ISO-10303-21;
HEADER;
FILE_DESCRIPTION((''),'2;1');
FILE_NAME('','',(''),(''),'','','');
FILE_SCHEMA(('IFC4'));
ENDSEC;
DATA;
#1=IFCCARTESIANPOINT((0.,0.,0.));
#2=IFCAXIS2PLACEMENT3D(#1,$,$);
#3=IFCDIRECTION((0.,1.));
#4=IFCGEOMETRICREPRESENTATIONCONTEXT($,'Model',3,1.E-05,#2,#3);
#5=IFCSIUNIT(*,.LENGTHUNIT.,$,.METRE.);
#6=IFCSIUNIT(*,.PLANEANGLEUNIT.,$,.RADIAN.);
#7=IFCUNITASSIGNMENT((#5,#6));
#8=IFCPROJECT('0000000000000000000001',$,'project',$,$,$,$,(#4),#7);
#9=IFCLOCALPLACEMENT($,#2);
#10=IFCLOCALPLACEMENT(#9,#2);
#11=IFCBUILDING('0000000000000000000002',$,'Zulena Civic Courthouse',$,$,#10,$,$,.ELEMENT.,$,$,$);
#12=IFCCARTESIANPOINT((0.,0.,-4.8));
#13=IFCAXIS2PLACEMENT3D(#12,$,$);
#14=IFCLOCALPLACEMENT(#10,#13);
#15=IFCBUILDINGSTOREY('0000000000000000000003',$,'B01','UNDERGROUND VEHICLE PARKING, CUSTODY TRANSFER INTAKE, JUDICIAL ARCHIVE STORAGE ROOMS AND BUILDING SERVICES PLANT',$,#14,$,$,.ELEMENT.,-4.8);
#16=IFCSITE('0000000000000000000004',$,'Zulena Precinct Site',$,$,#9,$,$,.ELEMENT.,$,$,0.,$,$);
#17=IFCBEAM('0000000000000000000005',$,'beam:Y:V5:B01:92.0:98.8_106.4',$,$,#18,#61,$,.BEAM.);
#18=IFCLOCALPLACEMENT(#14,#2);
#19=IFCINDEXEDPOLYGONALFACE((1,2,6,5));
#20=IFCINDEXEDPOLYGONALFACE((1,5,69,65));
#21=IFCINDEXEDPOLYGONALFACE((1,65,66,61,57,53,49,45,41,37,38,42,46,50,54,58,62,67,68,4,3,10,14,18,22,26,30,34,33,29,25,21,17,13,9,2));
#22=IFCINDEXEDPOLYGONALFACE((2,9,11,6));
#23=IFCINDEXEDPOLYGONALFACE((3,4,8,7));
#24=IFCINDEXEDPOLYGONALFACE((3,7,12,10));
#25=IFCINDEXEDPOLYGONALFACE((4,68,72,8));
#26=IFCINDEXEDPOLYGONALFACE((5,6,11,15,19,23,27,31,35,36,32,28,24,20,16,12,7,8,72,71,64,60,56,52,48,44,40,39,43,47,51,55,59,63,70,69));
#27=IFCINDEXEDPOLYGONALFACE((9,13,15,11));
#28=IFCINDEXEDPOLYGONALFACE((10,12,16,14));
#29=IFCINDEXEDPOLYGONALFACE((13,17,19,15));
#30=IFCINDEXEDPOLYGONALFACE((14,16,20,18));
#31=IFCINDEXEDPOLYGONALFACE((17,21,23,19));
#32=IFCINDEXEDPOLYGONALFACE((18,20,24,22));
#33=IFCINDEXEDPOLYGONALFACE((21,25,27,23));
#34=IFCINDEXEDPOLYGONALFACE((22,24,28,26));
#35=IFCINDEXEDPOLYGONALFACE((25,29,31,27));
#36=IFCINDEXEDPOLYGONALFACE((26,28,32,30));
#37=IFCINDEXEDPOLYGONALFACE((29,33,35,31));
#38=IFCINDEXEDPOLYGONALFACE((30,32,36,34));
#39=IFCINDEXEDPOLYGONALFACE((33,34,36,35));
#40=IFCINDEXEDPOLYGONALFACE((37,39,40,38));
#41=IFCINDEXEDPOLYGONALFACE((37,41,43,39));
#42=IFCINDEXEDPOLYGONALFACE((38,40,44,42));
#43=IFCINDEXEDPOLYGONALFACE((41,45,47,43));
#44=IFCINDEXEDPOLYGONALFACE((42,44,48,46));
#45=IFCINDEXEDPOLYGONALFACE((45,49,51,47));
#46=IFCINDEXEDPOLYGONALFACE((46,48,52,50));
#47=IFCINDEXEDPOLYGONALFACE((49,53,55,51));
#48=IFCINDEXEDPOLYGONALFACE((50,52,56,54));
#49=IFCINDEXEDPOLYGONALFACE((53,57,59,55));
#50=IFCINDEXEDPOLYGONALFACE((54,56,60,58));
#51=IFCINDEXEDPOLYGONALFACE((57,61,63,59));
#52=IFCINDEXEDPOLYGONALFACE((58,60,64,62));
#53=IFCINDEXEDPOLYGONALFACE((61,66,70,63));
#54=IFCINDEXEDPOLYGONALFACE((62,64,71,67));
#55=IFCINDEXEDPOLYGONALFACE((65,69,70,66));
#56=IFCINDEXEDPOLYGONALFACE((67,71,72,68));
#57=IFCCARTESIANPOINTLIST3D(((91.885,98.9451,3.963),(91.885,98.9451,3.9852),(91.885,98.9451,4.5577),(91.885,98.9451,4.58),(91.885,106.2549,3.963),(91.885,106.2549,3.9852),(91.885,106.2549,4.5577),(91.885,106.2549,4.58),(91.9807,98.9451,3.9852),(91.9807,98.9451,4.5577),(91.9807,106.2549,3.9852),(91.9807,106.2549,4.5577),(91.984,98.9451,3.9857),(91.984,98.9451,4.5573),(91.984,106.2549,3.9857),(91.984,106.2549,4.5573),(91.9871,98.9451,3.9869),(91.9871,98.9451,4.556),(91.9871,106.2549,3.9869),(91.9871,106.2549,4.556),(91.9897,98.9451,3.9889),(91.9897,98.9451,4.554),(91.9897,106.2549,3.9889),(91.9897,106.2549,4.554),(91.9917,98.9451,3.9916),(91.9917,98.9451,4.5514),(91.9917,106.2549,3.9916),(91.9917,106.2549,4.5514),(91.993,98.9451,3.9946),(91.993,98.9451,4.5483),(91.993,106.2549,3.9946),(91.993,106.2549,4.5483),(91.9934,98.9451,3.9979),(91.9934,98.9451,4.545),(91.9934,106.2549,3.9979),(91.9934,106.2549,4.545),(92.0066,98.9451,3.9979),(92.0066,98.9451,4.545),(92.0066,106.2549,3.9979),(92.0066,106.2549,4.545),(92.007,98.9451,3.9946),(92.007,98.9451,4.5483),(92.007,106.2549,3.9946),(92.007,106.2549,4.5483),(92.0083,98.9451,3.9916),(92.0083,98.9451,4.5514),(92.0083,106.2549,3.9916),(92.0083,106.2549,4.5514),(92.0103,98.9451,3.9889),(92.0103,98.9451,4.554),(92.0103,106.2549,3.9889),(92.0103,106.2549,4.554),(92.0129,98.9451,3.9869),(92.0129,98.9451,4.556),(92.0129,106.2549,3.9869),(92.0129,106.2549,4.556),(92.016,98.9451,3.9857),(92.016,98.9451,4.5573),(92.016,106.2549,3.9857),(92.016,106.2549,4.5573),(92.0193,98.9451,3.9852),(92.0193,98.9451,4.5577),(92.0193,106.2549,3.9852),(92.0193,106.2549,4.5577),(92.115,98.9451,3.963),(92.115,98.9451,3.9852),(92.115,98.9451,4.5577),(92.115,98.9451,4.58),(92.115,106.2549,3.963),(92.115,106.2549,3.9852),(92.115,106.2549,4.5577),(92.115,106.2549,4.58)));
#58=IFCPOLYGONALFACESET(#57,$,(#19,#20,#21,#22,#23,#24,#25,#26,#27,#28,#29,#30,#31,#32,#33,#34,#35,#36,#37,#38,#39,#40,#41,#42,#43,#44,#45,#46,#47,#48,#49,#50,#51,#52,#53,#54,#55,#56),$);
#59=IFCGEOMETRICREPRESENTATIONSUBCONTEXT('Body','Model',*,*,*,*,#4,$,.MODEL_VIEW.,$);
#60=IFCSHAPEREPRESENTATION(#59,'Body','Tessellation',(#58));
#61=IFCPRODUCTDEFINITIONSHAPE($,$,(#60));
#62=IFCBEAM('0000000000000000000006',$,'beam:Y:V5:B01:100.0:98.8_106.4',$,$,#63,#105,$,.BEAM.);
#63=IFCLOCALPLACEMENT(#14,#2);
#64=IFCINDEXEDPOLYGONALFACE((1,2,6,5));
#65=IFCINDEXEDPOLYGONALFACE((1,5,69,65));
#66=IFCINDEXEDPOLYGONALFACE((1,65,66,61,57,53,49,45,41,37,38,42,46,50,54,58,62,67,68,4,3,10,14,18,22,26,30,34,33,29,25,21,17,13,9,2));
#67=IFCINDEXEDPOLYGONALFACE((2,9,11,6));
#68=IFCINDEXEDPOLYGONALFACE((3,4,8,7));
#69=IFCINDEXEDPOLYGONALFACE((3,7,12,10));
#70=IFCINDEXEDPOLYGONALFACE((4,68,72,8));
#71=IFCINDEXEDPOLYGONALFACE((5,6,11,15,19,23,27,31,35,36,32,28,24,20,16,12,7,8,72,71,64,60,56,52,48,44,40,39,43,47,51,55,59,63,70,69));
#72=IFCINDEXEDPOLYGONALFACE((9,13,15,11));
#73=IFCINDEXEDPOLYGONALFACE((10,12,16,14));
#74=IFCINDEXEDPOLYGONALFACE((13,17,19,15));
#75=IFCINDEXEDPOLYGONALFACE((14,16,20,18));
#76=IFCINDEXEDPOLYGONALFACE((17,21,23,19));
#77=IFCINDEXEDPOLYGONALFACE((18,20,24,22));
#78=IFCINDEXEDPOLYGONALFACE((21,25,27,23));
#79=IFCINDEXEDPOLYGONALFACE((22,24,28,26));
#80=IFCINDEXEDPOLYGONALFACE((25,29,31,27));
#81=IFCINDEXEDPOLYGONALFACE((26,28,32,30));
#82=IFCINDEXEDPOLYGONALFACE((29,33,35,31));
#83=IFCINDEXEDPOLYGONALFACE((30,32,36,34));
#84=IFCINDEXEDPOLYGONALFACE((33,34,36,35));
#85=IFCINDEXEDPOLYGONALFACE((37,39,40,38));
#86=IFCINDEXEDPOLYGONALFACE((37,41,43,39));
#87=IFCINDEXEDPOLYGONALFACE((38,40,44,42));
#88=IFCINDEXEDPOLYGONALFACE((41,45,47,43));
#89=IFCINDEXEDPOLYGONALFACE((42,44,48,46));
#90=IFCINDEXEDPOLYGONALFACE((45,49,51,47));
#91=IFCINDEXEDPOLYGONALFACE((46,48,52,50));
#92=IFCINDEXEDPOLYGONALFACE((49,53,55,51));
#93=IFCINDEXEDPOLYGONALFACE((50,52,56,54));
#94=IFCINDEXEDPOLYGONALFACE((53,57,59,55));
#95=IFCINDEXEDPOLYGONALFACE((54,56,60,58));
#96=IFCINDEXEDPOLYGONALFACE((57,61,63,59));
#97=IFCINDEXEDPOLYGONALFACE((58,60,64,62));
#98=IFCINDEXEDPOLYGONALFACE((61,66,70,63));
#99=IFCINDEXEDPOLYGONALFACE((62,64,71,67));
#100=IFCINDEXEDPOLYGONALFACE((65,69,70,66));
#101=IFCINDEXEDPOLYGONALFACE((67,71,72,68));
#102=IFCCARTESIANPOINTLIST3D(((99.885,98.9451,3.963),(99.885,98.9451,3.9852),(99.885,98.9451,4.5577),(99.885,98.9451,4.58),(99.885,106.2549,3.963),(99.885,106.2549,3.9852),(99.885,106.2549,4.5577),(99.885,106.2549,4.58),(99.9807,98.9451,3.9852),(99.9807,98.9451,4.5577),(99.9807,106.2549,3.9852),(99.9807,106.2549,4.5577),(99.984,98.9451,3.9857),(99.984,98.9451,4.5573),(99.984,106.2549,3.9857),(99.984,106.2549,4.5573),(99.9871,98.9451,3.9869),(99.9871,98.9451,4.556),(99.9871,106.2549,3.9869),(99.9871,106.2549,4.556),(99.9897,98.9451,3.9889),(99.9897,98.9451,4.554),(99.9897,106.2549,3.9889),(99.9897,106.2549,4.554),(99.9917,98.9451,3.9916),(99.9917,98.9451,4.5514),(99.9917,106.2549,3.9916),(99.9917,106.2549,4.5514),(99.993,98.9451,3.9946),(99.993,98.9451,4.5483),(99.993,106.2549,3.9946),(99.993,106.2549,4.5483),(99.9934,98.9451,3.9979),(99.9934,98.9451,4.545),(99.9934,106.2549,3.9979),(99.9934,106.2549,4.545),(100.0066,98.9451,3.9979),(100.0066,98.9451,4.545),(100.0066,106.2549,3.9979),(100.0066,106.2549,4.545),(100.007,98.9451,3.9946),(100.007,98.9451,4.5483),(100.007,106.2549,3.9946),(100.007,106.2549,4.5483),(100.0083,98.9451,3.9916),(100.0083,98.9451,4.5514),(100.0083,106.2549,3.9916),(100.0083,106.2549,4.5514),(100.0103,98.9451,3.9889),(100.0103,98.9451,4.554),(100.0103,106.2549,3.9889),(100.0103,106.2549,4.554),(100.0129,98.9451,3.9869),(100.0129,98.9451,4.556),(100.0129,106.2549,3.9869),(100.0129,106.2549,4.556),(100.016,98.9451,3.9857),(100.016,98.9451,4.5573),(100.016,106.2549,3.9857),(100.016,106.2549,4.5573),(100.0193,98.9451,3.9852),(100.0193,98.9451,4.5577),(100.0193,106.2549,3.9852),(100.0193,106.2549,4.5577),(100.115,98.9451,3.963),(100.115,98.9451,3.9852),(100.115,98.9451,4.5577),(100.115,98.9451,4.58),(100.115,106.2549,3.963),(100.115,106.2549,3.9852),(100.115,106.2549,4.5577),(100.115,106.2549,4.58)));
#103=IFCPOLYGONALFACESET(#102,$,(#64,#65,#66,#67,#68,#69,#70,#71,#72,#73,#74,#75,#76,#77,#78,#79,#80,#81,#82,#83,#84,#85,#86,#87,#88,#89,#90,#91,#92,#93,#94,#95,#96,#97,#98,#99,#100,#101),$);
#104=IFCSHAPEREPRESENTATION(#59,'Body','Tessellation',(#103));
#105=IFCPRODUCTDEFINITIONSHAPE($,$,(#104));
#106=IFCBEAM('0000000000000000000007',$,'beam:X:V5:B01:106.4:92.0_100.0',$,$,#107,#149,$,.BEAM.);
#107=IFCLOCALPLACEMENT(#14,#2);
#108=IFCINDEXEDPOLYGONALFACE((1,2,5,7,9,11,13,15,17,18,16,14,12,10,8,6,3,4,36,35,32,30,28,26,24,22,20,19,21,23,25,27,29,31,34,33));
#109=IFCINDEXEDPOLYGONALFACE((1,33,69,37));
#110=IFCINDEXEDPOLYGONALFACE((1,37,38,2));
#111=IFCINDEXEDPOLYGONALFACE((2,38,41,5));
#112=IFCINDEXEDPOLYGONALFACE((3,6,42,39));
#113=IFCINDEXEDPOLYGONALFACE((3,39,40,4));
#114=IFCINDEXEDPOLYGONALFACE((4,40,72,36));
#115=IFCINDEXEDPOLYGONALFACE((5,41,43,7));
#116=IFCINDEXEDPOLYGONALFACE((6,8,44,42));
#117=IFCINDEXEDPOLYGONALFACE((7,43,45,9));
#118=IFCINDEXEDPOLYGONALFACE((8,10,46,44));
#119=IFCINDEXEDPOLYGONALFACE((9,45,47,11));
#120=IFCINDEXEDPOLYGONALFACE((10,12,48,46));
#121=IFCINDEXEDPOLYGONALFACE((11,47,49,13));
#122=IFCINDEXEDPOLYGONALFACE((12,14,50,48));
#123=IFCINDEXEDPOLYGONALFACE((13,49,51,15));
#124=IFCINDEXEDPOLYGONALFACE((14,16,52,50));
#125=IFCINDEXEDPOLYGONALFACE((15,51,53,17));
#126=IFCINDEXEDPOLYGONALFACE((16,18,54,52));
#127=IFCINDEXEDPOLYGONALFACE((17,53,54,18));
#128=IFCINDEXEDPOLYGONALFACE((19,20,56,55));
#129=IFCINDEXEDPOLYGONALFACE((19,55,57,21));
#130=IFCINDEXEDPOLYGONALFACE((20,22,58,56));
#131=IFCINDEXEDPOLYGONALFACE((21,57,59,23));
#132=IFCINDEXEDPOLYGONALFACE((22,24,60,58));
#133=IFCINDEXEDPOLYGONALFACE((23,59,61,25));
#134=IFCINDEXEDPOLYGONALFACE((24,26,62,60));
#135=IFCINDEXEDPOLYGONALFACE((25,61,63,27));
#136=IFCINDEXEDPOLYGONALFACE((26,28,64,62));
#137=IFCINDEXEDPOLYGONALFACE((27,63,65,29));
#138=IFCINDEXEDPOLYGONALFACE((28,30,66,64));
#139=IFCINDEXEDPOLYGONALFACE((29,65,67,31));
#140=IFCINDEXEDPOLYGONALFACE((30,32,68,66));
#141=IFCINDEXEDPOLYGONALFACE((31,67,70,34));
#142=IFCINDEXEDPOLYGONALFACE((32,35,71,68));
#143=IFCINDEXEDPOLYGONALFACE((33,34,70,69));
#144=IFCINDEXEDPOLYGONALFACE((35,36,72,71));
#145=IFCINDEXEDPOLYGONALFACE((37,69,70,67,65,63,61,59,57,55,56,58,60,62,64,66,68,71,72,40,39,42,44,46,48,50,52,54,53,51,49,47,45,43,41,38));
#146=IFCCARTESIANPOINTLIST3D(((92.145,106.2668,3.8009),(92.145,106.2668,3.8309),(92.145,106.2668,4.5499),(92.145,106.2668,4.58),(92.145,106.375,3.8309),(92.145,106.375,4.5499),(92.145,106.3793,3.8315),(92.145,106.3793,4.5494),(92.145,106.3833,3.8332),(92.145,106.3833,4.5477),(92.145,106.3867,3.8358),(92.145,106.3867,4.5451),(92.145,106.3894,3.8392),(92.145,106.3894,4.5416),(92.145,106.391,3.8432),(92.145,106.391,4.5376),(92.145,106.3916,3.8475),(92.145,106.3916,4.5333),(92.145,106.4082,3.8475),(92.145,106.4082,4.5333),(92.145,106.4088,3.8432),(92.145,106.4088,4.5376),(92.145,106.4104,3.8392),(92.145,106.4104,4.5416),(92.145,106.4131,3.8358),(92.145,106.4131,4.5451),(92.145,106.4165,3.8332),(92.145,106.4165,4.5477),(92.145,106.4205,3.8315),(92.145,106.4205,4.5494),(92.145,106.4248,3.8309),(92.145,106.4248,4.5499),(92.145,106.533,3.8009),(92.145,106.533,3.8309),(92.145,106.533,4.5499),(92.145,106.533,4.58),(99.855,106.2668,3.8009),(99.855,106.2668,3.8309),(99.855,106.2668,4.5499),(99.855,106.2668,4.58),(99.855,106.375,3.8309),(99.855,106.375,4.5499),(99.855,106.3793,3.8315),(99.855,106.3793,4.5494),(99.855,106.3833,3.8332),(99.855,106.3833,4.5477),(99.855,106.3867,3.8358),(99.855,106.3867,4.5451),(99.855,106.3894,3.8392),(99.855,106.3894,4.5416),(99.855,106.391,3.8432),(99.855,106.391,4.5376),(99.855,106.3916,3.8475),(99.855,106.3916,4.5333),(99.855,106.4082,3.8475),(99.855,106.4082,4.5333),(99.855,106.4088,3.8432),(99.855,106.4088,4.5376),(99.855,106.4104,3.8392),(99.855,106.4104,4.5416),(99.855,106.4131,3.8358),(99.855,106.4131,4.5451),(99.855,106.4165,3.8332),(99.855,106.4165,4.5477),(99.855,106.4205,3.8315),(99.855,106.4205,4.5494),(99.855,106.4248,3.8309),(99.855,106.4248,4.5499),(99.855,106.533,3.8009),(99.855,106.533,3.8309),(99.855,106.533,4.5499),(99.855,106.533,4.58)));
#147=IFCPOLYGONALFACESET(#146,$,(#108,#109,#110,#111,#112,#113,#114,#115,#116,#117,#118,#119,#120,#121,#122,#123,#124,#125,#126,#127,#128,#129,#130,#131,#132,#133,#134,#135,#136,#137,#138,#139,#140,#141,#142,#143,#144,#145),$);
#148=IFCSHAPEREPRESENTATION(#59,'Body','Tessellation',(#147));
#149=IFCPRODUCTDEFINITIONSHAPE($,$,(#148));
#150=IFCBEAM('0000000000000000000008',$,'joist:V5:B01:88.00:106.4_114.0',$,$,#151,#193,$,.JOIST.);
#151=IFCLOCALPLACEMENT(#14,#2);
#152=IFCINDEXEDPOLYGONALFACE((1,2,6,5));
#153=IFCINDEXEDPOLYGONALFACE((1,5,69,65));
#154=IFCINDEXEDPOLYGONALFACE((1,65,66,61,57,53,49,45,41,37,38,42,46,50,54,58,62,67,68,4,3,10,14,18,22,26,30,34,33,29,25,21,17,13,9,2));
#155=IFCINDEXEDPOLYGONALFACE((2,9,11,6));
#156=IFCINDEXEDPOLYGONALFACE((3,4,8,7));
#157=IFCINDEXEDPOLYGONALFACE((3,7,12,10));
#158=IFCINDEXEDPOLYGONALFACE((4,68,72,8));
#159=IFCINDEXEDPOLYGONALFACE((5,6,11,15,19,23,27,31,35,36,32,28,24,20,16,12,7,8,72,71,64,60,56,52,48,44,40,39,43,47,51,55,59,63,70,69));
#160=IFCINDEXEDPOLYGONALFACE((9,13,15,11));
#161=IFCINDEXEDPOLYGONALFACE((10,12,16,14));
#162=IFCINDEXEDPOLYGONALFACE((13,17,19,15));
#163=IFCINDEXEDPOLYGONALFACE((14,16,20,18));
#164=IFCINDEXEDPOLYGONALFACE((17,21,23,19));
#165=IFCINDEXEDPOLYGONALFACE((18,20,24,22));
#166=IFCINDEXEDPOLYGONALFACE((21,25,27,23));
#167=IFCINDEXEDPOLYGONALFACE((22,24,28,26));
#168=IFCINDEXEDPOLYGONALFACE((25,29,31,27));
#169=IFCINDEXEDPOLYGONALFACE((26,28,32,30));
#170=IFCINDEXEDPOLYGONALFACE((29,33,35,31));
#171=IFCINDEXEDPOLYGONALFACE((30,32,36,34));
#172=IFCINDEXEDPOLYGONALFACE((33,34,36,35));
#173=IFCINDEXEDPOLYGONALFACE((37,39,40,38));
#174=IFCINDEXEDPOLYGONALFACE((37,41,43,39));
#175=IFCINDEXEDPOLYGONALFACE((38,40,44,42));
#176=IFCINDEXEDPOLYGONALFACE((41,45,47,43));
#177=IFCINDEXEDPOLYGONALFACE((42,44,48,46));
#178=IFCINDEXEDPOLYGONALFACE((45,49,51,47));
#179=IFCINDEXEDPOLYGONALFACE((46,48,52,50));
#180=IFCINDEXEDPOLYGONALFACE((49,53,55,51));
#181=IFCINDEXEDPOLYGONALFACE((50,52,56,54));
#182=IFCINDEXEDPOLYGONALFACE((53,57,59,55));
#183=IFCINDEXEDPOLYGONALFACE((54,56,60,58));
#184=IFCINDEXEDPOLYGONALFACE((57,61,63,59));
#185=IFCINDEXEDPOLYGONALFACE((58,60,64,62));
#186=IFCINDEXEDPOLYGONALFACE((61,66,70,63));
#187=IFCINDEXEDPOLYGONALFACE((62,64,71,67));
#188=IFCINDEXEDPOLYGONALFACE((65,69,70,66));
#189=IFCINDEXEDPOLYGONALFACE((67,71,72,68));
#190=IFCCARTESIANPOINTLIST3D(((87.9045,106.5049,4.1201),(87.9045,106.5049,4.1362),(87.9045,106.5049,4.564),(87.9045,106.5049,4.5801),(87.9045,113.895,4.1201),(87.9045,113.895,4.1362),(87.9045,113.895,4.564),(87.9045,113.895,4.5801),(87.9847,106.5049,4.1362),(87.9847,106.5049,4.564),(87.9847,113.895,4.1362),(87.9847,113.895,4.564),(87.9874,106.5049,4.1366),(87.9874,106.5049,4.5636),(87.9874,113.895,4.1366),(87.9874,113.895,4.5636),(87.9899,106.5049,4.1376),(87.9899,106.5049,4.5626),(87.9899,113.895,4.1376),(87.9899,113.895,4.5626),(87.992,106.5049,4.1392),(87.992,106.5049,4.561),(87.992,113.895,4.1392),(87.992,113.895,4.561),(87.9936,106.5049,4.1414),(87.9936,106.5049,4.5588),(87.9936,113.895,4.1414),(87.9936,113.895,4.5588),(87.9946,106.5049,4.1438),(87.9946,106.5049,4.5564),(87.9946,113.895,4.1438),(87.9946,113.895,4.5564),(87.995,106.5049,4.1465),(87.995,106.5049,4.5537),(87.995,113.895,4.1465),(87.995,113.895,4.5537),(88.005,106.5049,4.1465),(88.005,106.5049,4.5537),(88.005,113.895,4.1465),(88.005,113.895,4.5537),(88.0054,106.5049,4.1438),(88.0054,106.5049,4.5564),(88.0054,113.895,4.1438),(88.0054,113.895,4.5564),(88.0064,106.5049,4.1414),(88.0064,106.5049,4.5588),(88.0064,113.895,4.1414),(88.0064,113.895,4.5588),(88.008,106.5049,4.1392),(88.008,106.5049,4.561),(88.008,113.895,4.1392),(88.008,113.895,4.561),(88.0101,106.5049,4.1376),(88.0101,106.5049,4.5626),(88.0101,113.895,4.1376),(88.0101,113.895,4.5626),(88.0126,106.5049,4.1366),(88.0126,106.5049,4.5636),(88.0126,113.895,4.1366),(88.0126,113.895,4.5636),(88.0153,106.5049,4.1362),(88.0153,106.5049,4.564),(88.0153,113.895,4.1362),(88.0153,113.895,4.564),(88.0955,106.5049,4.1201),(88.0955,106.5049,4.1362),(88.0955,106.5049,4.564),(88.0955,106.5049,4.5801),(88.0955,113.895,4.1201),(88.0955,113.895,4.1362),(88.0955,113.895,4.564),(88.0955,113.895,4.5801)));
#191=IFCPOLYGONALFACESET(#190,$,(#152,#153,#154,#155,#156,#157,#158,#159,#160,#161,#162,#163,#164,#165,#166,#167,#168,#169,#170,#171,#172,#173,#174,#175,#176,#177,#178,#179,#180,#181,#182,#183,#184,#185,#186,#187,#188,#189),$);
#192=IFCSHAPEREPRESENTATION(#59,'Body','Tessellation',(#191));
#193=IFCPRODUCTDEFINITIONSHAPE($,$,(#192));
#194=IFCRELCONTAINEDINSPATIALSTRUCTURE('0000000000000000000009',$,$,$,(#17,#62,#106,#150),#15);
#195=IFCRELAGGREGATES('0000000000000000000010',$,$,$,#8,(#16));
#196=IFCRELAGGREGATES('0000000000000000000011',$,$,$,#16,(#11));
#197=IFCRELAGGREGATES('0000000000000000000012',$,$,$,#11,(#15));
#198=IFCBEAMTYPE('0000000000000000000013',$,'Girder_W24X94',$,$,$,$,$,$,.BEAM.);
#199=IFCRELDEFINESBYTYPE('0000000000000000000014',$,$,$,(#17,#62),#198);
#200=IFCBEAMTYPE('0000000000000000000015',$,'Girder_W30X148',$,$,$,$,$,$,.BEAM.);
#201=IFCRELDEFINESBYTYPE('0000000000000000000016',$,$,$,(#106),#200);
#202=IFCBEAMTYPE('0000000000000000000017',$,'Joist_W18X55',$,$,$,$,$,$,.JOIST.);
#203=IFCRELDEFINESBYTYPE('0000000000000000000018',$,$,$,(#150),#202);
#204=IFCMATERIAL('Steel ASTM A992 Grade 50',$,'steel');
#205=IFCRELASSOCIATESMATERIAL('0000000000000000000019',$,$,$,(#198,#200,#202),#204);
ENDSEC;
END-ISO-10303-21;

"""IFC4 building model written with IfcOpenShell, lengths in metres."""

from ifc_helpers import new_model, si_unit, direction, frame, origin, origin_2d, place, context, subcontext, project, spatial, i_section, extrude, material, material_profile, profile_set, type_object, element, save


model = new_model("IFC4")

# Units and contexts
model_context = context("Model", 3, precision=1e-05, world=origin(), true_north=direction((0.0, 1.0)))
body_context = subcontext(model_context, "Body", "Model", "MODEL_VIEW")
ifc_project = project(units=[si_unit("LENGTHUNIT", "METRE"), si_unit("PLANEANGLEUNIT", "RADIAN")], contexts=[model_context])

# Site, building, storey
site_placement = place(None, origin())
site = spatial("IfcSite", under=ifc_project, at=site_placement, Name="Zulena Precinct Site", CompositionType="ELEMENT", RefElevation=0.0)
building_placement = place(site_placement, origin())
building = spatial("IfcBuilding", under=site, at=building_placement, Name="Zulena Civic Courthouse", CompositionType="ELEMENT")
storey_placement = place(building_placement, frame((0.0, 0.0, -4.8)))
storey = spatial("IfcBuildingStorey", under=building, at=storey_placement, Name="B01", Description="UNDERGROUND VEHICLE PARKING, CUSTODY TRANSFER INTAKE, JUDICIAL ARCHIVE STORAGE ROOMS AND BUILDING SERVICES PLANT", CompositionType="ELEMENT", Elevation=-4.8)

# Shared definitions
ifc_material_1 = material(Name="Steel ASTM A992 Grade 50", Category="steel")

# Beams
ifc_material_profile_1 = material_profile(ifc_material_1, i_section(OverallWidth=0.23, OverallDepth=0.6169, WebThickness=0.0132, FlangeThickness=0.0222, FilletRadius=0.0127, at=origin_2d()), Name="W24X94")
ifc_profile_set_1 = profile_set([ifc_material_profile_1], Name="Steel ASTM A992 Grade 50")
beam_type_1 = type_object("IfcBeamType", Name="Girder_W24X94", PredefinedType="BEAM", material=ifc_profile_set_1)
for number, where, z_axis, x_axis, name in (
    (1, (92.0, 98.9451, 4.2715), (0.0, 1.0, 0.0), (-1.0, 0.0, 0.0), "beam:Y:V5:B01:92.0:98.8_106.4"),
    (2, (100.0, 98.9451, 4.2715), (0.0, 1.0, 0.0), (-1.0, 0.0, 0.0), "beam:Y:V5:B01:100.0:98.8_106.4"),
):
    element("IfcBeam", number, at=place(storey_placement, frame(where, z_axis=z_axis, x_axis=x_axis)), inside=storey, type_object=beam_type_1, Name=name, PredefinedType="BEAM", context=body_context, shape_type="SweptSolid", body=[
        extrude(i_section(OverallWidth=0.23, OverallDepth=0.6169, WebThickness=0.0132, FlangeThickness=0.0222, FilletRadius=0.0127, at=origin_2d()), origin(), (0.0, 0.0, 1.0), 7.3098),
    ])
ifc_material_profile_2 = material_profile(ifc_material_1, i_section(OverallWidth=0.2661, OverallDepth=0.7791, WebThickness=0.0166, FlangeThickness=0.03, FilletRadius=0.0166, at=origin_2d()), Name="W30X148")
ifc_profile_set_2 = profile_set([ifc_material_profile_2], Name="Steel ASTM A992 Grade 50")
beam_type_2 = type_object("IfcBeamType", Name="Girder_W30X148", PredefinedType="BEAM", material=ifc_profile_set_2)
beam_1_placement = place(storey_placement, frame((92.145, 106.3999, 4.1904), z_axis=(1.0, 0.0, 0.0), x_axis=(0.0, 1.0, 0.0)))
element("IfcBeam", 3, at=beam_1_placement, inside=storey, type_object=beam_type_2, Name="beam:X:V5:B01:106.4:92.0_100.0", PredefinedType="BEAM", context=body_context, shape_type="SweptSolid", body=[
    extrude(i_section(OverallWidth=0.2661, OverallDepth=0.7791, WebThickness=0.0166, FlangeThickness=0.03, FilletRadius=0.0166, at=origin_2d()), origin(), (0.0, 0.0, 1.0), 7.71),
])
ifc_material_profile_3 = material_profile(ifc_material_1, i_section(OverallWidth=0.1909, OverallDepth=0.46, WebThickness=0.01, FlangeThickness=0.0161, FilletRadius=0.0103, at=origin_2d()), Name="W18X55")
ifc_profile_set_3 = profile_set([ifc_material_profile_3], Name="Steel ASTM A992 Grade 50")
beam_type_3 = type_object("IfcBeamType", Name="Joist_W18X55", PredefinedType="JOIST", material=ifc_profile_set_3)
beam_2_placement = place(storey_placement, frame((88.0, 106.5049, 4.3501), z_axis=(0.0, 1.0, 0.0), x_axis=(-1.0, 0.0, 0.0)))
element("IfcBeam", 4, at=beam_2_placement, inside=storey, type_object=beam_type_3, Name="joist:V5:B01:88.00:106.4_114.0", PredefinedType="JOIST", context=body_context, shape_type="SweptSolid", body=[
    extrude(i_section(OverallWidth=0.1909, OverallDepth=0.46, WebThickness=0.01, FlangeThickness=0.0161, FilletRadius=0.0103, at=origin_2d()), origin(), (0.0, 0.0, 1.0), 7.3901),
])

save(model, "model.ifc")
